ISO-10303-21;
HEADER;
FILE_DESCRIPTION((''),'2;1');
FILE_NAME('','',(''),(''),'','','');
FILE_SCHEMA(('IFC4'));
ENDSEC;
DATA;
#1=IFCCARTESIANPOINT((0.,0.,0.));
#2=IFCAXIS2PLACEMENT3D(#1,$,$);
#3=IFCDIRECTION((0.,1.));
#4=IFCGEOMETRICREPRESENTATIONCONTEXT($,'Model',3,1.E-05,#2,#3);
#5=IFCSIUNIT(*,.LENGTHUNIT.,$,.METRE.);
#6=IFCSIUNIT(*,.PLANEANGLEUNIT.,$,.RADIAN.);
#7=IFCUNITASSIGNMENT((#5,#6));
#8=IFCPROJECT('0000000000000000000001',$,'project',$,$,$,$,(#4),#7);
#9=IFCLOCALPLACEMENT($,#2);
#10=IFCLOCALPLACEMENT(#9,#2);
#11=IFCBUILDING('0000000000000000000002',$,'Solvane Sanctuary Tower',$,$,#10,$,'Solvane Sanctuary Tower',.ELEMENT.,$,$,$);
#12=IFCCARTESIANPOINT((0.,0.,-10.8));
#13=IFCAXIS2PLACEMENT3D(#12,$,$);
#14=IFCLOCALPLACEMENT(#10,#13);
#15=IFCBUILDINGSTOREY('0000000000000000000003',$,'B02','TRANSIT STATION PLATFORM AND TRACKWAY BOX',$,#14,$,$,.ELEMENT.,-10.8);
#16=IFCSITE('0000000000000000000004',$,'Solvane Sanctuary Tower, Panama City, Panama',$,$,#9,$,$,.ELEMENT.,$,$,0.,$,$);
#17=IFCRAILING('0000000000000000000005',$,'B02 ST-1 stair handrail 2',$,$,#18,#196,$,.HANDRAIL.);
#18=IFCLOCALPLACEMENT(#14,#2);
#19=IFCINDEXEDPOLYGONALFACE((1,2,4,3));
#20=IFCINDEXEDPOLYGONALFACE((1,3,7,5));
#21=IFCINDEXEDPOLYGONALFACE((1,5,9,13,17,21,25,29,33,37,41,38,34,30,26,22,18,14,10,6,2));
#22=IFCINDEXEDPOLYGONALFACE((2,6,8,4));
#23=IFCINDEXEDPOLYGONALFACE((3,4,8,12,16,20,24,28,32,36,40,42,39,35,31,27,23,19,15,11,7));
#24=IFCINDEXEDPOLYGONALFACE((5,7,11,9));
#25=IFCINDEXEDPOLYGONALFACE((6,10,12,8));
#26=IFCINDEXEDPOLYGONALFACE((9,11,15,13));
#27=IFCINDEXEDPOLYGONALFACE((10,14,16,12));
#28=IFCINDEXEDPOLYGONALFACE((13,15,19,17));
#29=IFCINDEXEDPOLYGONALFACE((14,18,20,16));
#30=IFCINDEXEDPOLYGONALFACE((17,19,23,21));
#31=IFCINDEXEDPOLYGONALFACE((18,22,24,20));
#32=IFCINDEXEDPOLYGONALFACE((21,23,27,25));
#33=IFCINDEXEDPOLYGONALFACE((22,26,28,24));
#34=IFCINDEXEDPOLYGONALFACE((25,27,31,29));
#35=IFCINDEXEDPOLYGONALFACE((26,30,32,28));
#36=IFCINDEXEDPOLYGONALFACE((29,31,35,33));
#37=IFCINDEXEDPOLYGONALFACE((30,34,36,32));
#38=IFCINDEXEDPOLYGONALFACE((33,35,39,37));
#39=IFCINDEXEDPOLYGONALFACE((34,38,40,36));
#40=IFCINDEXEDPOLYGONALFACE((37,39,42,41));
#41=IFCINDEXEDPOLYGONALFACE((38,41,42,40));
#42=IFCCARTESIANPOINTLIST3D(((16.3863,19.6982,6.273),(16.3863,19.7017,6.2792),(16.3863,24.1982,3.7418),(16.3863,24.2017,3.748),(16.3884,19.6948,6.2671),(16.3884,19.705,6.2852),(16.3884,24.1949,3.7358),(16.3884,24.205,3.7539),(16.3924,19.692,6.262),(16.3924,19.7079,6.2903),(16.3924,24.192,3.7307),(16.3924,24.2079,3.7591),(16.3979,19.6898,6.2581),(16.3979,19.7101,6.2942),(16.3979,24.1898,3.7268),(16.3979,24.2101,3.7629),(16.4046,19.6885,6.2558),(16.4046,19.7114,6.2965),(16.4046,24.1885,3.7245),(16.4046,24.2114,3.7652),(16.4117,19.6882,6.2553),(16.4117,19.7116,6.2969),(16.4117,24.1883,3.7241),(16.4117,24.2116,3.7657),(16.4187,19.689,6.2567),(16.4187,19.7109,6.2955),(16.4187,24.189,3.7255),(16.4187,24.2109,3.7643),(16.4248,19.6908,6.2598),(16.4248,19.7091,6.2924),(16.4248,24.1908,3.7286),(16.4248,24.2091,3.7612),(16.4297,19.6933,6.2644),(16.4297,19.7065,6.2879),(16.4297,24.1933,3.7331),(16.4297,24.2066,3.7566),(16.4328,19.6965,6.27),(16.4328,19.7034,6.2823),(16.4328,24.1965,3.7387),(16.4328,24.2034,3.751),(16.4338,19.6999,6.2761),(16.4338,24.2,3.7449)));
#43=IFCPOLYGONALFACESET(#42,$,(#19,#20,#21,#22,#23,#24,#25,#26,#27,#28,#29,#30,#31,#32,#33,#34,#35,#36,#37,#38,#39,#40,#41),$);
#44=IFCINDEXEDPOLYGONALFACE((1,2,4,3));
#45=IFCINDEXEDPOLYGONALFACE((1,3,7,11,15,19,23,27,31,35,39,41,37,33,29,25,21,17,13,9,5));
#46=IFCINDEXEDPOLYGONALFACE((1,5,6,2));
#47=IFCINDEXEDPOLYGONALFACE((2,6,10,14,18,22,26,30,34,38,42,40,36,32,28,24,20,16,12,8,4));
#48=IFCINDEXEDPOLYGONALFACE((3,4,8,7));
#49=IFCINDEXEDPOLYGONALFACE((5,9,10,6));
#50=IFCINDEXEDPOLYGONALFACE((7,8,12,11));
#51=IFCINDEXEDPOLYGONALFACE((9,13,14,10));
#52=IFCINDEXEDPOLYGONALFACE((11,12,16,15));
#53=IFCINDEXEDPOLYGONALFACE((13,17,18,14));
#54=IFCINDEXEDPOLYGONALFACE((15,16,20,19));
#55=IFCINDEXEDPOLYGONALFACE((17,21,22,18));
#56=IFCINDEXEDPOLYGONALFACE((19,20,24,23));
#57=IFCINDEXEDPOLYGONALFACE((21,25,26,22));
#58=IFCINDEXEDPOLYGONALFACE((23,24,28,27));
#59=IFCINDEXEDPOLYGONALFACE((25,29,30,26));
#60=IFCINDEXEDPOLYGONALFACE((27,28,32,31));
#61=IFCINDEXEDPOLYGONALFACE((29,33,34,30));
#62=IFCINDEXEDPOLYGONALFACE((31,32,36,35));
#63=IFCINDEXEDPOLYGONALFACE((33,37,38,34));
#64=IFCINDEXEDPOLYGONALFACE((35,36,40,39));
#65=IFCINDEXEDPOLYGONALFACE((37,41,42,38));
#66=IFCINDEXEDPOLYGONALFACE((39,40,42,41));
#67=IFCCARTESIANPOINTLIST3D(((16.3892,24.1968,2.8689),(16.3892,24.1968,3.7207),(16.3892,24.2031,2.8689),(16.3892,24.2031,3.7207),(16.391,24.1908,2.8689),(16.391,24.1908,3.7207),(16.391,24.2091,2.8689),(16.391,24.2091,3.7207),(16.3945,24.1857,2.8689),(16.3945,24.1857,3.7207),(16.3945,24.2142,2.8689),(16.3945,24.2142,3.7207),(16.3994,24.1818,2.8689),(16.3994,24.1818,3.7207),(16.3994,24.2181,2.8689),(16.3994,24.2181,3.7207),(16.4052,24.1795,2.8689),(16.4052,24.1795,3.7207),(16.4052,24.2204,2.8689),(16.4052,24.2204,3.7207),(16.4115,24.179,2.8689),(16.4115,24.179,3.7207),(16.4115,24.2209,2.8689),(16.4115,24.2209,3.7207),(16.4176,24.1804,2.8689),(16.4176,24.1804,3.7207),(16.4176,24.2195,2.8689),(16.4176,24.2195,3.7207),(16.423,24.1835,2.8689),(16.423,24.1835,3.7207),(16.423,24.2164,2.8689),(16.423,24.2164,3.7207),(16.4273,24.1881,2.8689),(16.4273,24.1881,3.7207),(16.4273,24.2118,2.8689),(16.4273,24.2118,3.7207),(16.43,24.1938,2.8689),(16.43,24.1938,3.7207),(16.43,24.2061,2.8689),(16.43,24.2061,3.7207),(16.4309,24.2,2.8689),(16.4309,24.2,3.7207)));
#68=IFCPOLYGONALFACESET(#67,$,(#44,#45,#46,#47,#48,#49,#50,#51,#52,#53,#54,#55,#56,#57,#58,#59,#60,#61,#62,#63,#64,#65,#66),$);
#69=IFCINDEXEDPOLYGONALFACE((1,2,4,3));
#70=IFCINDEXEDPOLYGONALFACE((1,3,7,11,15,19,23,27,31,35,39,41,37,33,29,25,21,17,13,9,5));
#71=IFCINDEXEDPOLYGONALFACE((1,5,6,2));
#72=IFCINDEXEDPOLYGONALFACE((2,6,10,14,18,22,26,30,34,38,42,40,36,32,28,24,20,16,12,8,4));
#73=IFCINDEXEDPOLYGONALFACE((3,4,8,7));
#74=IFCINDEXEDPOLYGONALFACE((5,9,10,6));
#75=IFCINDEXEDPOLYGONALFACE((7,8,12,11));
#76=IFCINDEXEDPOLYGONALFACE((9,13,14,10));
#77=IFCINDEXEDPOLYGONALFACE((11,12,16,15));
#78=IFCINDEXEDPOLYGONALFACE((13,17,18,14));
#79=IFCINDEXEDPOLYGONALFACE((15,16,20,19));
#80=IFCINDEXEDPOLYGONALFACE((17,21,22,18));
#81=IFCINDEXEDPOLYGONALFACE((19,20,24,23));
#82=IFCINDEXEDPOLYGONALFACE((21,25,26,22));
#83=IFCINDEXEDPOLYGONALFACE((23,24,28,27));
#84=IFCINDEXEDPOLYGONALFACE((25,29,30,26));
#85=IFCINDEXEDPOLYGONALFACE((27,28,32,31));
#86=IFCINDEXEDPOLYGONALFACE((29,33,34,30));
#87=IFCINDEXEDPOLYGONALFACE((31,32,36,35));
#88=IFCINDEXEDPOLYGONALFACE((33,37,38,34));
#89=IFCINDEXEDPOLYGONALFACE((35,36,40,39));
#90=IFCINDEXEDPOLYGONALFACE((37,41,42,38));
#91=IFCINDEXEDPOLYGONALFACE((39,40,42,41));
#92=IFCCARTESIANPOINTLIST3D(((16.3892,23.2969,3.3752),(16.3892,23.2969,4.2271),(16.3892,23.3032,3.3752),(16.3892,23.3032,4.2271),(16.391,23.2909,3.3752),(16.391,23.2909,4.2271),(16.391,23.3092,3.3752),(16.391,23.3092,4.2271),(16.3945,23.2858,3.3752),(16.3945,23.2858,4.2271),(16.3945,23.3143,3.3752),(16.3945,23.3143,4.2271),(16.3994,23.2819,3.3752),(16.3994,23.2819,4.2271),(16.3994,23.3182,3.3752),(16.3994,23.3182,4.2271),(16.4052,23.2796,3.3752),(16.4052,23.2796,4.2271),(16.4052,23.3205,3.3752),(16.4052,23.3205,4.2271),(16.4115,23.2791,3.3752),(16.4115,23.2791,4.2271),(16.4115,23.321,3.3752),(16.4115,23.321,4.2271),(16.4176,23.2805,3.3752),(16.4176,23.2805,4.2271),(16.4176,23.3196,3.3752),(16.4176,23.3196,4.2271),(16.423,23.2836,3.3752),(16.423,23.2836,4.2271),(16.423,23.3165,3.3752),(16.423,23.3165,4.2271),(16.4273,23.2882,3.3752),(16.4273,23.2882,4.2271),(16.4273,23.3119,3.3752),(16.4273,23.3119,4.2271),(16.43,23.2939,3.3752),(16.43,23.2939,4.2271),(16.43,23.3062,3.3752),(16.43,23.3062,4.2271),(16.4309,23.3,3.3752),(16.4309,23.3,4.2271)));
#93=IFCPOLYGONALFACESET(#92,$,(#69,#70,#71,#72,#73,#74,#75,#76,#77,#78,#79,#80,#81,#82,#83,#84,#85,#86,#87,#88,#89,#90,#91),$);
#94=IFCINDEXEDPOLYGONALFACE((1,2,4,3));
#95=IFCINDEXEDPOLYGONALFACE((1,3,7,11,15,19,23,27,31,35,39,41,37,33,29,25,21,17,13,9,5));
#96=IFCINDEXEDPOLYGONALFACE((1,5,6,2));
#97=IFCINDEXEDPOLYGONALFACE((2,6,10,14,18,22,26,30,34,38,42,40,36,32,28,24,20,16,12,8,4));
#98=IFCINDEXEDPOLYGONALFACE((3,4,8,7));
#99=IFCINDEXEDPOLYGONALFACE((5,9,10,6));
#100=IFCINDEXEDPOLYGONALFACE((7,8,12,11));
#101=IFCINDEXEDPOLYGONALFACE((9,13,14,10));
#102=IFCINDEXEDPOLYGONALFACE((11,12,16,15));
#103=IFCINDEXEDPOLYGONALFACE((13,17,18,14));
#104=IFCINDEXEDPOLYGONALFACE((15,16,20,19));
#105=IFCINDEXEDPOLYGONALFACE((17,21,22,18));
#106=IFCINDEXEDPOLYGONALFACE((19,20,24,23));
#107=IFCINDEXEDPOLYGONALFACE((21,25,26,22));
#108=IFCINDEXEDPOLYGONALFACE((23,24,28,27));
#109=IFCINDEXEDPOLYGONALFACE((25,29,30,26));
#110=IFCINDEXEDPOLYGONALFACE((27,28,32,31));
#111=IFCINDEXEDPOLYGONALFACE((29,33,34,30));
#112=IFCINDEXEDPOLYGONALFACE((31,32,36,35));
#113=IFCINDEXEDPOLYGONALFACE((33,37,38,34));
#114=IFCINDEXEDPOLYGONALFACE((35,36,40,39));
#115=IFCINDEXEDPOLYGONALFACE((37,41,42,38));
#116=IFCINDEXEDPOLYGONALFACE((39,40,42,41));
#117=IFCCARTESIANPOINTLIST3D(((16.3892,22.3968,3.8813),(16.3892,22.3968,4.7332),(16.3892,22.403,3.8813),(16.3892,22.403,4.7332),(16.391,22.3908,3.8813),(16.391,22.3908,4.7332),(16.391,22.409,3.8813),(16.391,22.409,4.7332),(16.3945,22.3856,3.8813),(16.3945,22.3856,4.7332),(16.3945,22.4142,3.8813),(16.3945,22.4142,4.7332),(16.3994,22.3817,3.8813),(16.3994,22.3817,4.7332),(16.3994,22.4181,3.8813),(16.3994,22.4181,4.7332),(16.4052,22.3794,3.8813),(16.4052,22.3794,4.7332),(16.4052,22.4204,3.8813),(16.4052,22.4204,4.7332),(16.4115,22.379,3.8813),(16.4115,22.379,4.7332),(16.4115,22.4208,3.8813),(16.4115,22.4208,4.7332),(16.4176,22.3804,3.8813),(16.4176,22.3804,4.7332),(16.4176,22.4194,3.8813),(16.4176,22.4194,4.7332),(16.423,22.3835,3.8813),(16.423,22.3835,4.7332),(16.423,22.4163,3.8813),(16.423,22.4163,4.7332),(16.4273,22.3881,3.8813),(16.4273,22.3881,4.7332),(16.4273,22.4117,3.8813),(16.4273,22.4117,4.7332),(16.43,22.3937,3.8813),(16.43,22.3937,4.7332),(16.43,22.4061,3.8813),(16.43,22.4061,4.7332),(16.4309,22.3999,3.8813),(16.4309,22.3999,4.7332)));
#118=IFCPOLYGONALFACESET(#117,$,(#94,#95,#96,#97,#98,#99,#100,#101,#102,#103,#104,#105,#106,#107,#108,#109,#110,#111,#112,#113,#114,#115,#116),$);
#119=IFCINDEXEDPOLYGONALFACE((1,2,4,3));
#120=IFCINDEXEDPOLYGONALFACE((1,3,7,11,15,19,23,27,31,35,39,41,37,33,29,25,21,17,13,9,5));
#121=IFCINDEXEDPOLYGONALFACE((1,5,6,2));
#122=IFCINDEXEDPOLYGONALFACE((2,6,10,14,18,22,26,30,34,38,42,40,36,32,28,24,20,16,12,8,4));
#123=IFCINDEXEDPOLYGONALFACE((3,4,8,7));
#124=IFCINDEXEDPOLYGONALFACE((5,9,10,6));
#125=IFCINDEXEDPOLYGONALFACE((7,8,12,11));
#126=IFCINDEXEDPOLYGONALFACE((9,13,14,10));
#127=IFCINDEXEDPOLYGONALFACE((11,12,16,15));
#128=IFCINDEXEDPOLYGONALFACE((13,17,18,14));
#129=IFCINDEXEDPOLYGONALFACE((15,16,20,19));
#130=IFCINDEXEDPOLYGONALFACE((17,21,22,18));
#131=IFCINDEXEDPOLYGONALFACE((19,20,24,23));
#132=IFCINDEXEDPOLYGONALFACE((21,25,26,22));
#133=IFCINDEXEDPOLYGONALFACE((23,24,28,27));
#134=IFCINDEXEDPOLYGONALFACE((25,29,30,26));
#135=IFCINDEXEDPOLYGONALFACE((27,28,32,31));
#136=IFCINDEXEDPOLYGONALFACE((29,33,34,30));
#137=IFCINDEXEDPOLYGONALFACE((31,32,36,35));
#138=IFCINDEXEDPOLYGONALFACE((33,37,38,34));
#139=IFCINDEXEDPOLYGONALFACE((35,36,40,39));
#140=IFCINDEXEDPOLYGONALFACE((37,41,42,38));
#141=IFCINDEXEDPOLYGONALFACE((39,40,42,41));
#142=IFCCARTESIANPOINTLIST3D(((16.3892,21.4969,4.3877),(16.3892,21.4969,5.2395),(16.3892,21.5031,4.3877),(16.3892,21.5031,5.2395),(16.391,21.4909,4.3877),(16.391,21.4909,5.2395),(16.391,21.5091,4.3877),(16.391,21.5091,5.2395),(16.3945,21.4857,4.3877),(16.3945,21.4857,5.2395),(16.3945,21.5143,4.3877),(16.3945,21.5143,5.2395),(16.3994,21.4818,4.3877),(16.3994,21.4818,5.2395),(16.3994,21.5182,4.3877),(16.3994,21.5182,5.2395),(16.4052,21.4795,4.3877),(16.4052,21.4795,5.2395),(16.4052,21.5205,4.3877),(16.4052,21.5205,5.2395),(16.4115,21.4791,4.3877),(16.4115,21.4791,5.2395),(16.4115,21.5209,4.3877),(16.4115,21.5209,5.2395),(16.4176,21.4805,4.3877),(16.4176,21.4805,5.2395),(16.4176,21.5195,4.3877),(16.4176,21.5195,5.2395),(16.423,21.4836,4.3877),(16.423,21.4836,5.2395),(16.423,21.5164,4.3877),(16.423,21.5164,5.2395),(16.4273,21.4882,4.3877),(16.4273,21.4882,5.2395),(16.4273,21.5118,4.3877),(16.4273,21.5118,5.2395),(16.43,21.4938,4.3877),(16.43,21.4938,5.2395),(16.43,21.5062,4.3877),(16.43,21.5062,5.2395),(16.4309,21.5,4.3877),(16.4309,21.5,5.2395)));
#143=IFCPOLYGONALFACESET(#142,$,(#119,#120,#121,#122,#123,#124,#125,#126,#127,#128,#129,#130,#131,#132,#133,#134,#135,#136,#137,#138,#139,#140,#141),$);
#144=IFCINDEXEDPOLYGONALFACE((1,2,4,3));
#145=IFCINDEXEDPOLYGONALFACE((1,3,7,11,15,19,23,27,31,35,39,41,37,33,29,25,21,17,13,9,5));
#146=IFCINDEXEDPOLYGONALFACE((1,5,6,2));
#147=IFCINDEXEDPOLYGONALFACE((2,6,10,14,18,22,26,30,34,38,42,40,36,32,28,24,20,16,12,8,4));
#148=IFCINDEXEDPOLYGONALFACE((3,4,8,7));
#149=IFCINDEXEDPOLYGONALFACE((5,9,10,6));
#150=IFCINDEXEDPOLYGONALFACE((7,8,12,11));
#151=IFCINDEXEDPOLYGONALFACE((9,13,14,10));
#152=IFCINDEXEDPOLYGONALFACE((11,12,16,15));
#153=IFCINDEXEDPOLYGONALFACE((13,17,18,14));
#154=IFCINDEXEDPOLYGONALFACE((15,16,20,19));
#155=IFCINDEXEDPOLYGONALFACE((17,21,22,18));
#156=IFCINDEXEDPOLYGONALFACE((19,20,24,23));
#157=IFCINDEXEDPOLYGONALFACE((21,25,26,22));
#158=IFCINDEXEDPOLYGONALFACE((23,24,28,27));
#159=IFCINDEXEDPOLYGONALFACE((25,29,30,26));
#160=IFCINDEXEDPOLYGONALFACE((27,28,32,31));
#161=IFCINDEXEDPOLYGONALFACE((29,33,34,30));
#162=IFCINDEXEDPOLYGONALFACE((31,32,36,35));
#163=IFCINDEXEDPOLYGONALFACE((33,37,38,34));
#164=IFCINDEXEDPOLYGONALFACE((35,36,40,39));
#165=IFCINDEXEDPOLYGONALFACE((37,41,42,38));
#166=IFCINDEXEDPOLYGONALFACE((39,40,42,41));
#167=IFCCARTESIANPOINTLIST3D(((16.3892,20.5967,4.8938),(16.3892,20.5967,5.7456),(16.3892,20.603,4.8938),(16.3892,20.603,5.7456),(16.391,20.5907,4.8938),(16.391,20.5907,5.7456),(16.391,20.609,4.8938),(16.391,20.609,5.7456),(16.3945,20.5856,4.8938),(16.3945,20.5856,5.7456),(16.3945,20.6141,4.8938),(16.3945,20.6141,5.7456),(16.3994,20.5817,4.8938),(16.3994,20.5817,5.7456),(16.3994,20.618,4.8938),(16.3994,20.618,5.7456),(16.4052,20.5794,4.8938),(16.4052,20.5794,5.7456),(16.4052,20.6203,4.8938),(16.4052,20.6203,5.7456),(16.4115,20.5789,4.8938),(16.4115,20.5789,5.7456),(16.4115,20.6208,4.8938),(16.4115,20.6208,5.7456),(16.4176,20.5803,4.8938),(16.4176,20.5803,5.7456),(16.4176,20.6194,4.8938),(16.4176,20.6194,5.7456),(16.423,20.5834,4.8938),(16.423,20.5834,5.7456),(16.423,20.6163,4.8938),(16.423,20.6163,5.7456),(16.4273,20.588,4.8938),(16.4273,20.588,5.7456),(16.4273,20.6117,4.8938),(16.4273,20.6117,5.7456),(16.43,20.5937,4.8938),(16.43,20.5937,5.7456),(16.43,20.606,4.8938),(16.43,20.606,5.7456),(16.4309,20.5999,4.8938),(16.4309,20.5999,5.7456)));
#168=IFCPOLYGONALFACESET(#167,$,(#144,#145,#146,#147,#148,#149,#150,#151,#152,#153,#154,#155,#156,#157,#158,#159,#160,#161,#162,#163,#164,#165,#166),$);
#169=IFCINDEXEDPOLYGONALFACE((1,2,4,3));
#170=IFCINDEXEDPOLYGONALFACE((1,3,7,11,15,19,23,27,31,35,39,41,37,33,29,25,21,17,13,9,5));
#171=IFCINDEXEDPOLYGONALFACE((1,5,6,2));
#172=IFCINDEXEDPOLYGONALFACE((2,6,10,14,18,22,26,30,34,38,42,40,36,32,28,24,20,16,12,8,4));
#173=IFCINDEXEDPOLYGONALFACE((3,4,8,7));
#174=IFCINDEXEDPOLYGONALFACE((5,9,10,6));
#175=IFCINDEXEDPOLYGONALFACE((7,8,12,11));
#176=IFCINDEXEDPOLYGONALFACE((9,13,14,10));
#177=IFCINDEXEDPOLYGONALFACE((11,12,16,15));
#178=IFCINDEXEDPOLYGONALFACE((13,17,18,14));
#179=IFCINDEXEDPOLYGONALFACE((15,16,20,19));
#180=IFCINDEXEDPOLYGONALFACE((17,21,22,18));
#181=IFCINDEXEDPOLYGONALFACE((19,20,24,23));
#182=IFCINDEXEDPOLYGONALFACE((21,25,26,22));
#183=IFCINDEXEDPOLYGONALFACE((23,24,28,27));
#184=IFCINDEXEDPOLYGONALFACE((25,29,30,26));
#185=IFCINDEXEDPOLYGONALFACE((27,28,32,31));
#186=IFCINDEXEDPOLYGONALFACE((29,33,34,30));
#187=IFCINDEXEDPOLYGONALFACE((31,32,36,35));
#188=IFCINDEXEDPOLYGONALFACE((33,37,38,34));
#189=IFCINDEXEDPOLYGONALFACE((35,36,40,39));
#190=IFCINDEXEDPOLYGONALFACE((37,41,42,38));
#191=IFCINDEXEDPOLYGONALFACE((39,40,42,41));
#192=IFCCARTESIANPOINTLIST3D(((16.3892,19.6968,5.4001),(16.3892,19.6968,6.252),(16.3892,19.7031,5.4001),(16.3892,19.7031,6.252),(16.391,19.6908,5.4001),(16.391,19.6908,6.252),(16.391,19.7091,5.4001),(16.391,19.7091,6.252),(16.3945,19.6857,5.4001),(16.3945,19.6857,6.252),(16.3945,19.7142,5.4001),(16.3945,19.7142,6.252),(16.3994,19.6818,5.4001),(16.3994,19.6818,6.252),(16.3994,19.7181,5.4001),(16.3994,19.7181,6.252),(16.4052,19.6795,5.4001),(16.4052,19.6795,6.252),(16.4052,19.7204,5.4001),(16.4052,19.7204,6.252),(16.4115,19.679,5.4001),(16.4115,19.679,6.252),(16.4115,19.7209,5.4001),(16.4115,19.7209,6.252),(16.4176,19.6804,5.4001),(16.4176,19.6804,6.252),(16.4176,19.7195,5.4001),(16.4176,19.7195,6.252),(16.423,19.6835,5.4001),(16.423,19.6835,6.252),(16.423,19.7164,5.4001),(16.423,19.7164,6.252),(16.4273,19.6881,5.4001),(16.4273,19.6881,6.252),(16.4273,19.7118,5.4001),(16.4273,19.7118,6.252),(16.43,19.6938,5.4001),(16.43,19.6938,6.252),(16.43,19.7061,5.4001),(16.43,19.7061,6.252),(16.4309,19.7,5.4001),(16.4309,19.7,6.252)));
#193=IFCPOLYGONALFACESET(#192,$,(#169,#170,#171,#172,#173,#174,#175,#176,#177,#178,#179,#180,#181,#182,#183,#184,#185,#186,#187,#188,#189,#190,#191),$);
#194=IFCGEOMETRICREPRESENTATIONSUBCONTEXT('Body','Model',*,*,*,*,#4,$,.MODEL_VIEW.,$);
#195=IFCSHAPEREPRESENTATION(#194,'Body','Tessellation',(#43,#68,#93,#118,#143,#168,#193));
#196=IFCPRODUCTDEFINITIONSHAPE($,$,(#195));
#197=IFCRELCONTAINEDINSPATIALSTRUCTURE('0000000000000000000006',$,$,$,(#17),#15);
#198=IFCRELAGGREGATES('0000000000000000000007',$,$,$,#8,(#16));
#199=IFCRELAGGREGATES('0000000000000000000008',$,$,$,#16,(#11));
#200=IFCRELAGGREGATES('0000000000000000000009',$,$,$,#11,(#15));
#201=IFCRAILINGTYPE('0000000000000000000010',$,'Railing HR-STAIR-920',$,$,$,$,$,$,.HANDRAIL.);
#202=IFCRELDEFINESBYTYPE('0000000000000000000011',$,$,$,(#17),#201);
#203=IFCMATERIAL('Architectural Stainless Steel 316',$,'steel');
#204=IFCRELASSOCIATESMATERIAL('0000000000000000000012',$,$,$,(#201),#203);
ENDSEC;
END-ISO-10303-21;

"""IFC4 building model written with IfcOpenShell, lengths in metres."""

from ifc_helpers import new_model, si_unit, direction, frame, origin, origin_2d, place, context, subcontext, project, spatial, circle, extrude, material, type_object, element, save


model = new_model("IFC4")

# Units and contexts
model_context = context("Model", 3, precision=1e-05, world=origin(), true_north=direction((0.0, 1.0)))
body_context = subcontext(model_context, "Body", "Model", "MODEL_VIEW")
ifc_project = project(units=[si_unit("LENGTHUNIT", "METRE"), si_unit("PLANEANGLEUNIT", "RADIAN")], contexts=[model_context])

# Site, building, storey
site_placement = place(None, origin())
site = spatial("IfcSite", under=ifc_project, at=site_placement, Name="Solvane Sanctuary Tower, Panama City, Panama", CompositionType="ELEMENT", RefElevation=0.0)
building_placement = place(site_placement, origin())
building = spatial("IfcBuilding", under=site, at=building_placement, Name="Solvane Sanctuary Tower", LongName="Solvane Sanctuary Tower", CompositionType="ELEMENT")
storey_placement = place(building_placement, frame((0.0, 0.0, -10.8)))
storey = spatial("IfcBuildingStorey", under=building, at=storey_placement, Name="B02", Description="TRANSIT STATION PLATFORM AND TRACKWAY BOX", CompositionType="ELEMENT", Elevation=-10.8)

# Shared definitions
ifc_material_1 = material(Name="Architectural Stainless Steel 316", Category="steel")

# Railing
railing_type_1 = type_object("IfcRailingType", Name="Railing HR-STAIR-920", PredefinedType="HANDRAIL", material=ifc_material_1)
railing_1_placement = place(storey_placement, frame((16.4099, 24.2, 2.8689)))
element("IfcRailing", 1, at=railing_1_placement, inside=storey, type_object=railing_type_1, Name="B02 ST-1 stair handrail 2", PredefinedType="HANDRAIL", context=body_context, shape_type="SweptSolid", body=[
    extrude(circle(Radius=0.0239, at=origin_2d()), frame((0.0, 0.0, 0.876), z_axis=(0.0, -0.871576, 0.490261), x_axis=(1.0, 0.0, 0.0)), (0.0, 0.0, 1.0), 5.1631),
    extrude(circle(Radius=0.021, at=origin_2d()), origin(), (0.0, 0.0, 1.0), 0.8518),
    extrude(circle(Radius=0.021, at=origin_2d()), frame((0.0, -0.8999, 0.5063)), (0.0, 0.0, 1.0), 0.8518),
    extrude(circle(Radius=0.021, at=origin_2d()), frame((0.0, -1.8, 1.0125)), (0.0, 0.0, 1.0), 0.8518),
    extrude(circle(Radius=0.021, at=origin_2d()), frame((0.0, -2.7, 1.5188)), (0.0, 0.0, 1.0), 0.8518),
    extrude(circle(Radius=0.021, at=origin_2d()), frame((0.0, -3.6001, 2.0249)), (0.0, 0.0, 1.0), 0.8518),
    extrude(circle(Radius=0.021, at=origin_2d()), frame((0.0, -4.5, 2.5312)), (0.0, 0.0, 1.0), 0.8518),
])

save(model, "model.ifc")
